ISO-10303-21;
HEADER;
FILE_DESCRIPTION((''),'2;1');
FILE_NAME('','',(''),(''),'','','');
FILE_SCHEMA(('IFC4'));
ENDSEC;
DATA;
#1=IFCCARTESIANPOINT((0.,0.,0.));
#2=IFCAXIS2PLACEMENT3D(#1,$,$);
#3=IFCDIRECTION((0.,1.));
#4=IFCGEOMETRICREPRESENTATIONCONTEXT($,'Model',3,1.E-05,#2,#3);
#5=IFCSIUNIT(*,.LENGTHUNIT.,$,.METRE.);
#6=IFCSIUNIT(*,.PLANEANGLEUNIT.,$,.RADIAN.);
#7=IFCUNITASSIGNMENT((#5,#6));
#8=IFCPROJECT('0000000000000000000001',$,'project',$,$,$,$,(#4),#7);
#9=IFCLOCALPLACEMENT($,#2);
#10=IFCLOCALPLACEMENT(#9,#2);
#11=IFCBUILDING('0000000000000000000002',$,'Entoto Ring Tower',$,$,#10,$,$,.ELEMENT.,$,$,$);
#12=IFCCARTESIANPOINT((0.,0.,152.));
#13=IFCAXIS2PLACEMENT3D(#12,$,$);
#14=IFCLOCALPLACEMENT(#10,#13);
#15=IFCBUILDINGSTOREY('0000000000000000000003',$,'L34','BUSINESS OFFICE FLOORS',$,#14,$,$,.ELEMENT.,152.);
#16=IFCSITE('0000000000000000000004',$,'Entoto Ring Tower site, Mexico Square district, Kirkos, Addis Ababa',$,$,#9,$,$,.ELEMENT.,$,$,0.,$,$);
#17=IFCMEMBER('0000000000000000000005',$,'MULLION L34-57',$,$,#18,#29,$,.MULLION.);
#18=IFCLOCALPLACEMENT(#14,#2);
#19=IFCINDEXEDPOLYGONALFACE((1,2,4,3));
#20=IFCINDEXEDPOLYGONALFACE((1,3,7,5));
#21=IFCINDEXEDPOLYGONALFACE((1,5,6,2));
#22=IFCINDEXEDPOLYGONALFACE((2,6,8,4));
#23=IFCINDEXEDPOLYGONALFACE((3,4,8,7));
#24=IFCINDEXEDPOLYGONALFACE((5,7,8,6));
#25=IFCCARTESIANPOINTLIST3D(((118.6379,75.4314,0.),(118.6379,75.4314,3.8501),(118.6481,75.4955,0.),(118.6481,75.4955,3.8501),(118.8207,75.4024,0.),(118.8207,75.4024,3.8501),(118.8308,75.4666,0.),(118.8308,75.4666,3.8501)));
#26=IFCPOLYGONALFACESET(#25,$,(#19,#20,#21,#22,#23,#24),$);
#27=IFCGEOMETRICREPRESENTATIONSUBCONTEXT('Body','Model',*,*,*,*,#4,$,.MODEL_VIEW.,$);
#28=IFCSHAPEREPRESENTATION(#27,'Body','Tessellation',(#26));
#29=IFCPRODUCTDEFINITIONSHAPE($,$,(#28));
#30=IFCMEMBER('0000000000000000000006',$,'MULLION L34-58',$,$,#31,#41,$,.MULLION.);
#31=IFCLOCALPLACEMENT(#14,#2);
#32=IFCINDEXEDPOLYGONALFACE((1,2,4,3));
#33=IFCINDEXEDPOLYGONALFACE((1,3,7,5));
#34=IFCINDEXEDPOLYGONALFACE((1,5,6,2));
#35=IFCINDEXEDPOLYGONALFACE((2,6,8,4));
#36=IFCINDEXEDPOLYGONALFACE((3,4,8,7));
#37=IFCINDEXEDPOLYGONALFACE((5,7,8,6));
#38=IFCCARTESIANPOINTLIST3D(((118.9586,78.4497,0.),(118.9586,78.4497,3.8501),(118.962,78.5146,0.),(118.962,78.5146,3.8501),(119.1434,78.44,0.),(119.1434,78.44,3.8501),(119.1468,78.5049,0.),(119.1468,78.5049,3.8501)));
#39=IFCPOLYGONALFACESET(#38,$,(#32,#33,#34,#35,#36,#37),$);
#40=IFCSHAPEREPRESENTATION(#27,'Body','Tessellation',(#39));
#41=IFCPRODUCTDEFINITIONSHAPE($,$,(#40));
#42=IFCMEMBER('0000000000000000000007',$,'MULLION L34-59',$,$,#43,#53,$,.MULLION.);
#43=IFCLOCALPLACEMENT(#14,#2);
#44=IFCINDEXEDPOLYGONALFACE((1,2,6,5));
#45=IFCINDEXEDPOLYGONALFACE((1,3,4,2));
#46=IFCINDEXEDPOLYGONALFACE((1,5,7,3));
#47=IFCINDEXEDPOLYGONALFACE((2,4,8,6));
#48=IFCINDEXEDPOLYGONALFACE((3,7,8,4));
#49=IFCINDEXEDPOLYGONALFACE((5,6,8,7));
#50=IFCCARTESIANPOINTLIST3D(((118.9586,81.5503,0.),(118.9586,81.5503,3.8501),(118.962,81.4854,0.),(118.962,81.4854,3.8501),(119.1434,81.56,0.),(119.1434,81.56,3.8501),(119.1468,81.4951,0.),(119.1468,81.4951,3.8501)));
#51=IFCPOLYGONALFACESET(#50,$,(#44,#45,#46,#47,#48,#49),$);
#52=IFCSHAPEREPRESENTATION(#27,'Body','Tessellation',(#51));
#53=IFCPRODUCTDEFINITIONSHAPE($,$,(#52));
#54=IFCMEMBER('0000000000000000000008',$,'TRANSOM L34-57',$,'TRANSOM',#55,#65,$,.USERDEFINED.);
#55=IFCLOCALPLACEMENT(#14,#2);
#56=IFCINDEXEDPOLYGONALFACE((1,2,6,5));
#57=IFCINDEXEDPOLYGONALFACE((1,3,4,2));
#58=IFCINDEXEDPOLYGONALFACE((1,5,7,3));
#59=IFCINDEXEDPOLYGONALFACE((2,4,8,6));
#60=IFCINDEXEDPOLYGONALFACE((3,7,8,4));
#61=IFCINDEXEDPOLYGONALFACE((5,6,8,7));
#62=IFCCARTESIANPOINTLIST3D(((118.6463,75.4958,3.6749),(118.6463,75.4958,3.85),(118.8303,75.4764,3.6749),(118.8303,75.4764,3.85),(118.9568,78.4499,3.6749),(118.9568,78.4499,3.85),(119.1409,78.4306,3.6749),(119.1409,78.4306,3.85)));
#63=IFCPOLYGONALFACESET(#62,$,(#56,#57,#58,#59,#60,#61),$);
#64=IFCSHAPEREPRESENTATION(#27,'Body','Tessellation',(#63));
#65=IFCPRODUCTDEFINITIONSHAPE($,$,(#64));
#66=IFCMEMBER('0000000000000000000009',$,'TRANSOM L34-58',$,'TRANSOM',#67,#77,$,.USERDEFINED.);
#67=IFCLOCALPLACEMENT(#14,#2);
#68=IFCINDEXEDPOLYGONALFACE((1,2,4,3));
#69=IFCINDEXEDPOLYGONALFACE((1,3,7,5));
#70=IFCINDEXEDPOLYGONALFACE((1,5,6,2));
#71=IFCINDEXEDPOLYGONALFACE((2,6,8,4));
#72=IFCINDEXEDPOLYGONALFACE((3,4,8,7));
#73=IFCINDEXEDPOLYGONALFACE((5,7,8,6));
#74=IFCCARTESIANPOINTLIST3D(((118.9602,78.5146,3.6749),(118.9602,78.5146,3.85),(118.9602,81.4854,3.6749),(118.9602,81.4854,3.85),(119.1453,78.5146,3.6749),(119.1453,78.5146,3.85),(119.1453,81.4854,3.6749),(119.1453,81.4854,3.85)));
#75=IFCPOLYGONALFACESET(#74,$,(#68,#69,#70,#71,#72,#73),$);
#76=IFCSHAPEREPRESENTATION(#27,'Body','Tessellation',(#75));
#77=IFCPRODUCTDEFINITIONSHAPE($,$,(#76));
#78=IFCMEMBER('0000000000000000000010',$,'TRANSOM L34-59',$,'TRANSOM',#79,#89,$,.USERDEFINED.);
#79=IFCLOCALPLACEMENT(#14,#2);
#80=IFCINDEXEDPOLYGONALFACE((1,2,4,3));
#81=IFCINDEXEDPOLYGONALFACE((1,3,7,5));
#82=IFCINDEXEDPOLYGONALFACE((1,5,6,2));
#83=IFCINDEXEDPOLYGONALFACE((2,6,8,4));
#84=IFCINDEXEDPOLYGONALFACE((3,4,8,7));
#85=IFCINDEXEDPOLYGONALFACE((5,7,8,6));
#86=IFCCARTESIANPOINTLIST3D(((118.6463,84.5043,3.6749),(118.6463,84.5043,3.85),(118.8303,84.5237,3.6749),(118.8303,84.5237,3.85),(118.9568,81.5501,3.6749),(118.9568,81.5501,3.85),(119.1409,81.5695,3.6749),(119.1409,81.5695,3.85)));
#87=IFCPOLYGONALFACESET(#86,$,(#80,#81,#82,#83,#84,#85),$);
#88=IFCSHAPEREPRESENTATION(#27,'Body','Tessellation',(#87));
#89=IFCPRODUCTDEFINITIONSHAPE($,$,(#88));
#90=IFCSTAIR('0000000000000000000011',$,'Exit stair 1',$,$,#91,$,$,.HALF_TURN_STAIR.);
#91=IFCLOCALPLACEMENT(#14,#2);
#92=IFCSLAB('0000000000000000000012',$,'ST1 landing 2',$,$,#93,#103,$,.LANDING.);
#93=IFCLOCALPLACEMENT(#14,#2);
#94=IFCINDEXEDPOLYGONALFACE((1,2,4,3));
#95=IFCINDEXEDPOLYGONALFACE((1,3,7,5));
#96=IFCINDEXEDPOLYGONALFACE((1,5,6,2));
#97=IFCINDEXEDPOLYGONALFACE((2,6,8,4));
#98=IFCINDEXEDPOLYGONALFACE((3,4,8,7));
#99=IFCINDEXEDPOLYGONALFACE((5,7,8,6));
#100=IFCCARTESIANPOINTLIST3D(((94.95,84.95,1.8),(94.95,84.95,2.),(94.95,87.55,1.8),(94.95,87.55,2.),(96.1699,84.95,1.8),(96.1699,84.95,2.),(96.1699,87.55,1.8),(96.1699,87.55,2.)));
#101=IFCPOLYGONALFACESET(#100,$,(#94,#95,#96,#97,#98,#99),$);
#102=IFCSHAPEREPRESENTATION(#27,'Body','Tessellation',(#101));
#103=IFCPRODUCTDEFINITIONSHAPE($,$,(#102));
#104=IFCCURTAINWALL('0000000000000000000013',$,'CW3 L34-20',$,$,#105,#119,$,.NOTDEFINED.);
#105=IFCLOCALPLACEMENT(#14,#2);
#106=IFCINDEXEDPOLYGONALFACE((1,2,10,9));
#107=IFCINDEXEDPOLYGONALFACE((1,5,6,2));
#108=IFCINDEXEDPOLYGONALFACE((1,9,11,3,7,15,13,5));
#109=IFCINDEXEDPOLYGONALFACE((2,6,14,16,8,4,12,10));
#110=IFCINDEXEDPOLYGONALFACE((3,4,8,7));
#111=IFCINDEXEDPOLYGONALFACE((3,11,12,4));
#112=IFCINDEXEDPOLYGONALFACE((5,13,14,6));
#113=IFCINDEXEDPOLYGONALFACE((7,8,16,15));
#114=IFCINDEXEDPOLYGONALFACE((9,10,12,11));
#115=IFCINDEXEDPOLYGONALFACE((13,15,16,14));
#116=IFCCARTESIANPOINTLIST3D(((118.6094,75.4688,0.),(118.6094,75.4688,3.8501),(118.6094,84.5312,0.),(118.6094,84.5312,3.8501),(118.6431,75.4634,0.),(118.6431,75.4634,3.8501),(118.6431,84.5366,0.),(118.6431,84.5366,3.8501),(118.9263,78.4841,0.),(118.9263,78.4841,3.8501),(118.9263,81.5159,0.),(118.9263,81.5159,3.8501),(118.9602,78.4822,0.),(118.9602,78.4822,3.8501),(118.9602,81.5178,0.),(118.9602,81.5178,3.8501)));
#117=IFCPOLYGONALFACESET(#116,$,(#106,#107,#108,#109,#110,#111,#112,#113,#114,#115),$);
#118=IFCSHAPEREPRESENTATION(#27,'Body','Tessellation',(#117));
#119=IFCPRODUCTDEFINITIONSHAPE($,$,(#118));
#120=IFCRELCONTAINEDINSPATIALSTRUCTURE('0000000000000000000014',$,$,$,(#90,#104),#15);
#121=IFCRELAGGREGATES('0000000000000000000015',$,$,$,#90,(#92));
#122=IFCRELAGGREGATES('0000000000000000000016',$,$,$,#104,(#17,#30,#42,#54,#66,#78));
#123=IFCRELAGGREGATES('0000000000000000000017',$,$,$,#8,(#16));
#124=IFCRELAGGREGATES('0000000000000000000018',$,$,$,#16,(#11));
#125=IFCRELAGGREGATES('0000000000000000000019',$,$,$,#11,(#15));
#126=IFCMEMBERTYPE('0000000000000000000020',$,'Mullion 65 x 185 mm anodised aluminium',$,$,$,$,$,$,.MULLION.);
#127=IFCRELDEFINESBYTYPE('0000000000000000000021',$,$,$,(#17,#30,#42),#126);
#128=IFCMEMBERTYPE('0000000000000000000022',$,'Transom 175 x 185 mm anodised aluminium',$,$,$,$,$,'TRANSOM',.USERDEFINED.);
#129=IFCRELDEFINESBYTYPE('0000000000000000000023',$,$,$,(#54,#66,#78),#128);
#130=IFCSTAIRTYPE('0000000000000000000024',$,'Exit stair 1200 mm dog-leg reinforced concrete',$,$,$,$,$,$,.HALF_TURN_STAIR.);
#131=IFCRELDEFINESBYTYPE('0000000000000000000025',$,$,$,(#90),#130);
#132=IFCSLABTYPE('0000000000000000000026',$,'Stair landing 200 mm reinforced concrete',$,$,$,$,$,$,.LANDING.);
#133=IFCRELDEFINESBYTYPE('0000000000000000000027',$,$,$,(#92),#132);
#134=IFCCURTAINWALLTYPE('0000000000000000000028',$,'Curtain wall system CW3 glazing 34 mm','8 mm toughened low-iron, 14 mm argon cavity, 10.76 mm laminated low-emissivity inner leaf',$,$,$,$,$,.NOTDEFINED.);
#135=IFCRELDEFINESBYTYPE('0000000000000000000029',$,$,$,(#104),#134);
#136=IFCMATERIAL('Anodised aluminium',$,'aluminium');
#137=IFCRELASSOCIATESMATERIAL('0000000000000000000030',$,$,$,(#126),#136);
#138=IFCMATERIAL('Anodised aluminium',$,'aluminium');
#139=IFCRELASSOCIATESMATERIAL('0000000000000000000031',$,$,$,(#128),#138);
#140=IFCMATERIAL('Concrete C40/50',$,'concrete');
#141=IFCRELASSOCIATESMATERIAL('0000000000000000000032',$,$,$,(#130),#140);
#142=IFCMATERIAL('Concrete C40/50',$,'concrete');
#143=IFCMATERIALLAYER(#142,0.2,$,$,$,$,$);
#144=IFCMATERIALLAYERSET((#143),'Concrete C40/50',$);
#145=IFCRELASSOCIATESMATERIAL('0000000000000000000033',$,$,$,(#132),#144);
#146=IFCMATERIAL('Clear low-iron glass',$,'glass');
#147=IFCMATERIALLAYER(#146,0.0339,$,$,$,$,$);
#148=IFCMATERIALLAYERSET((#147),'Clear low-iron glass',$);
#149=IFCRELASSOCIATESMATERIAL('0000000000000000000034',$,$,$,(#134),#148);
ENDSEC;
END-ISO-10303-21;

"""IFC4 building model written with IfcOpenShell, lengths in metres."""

from ifc_helpers import new_model, si_unit, direction, frame, origin, origin_2d, place, context, subcontext, project, spatial, polyline, rectangle, outline, extrude, material, layer, layer_set, material_profile, profile_set, type_object, element, aggregate, save


model = new_model("IFC4")

# Units and contexts
model_context = context("Model", 3, precision=1e-05, world=origin(), true_north=direction((0.0, 1.0)))
body_context = subcontext(model_context, "Body", "Model", "MODEL_VIEW")
ifc_project = project(units=[si_unit("LENGTHUNIT", "METRE"), si_unit("PLANEANGLEUNIT", "RADIAN")], contexts=[model_context])

# Members
ifc_material_1 = material(Name="Anodised aluminium", Category="aluminium")
ifc_material_profile_1 = material_profile(ifc_material_1, rectangle(XDim=0.0649, YDim=0.1851, at=origin_2d()), Name="Mullion 65 x 185 mm anodised aluminium")
ifc_profile_set_1 = profile_set([ifc_material_profile_1], Name="Anodised aluminium")
member_type_1 = type_object("IfcMemberType", Name="Mullion 65 x 185 mm anodised aluminium", PredefinedType="MULLION", material=ifc_profile_set_1)
site_placement = place(None, origin())
building_placement = place(site_placement, origin())
storey_placement = place(building_placement, frame((0.0, 0.0, 152.0)))
member_1_placement = place(storey_placement, frame((118.7344, 75.449, 0.0), z_axis=(0.0, 0.0, 1.0), x_axis=(0.156434, 0.987688, 0.0)))
member_1 = element("IfcMember", 1, at=member_1_placement, type_object=member_type_1, Name="MULLION L34-57", PredefinedType="MULLION", context=body_context, shape_type="SweptSolid", body=[
    extrude(rectangle(XDim=0.0649, YDim=0.1851, at=origin_2d()), origin(), (0.0, 0.0, 1.0), 3.8501),
])
member_2_placement = place(storey_placement, frame((119.0527, 78.4773, 0.0), z_axis=(0.0, 0.0, 1.0), x_axis=(0.052336, 0.99863, 0.0)))
member_2 = element("IfcMember", 2, at=member_2_placement, type_object=member_type_1, Name="MULLION L34-58", PredefinedType="MULLION", context=body_context, shape_type="SweptSolid", body=[
    extrude(rectangle(XDim=0.0649, YDim=0.1851, at=origin_2d()), origin(), (0.0, 0.0, 1.0), 3.8501),
])
member_3_placement = place(storey_placement, frame((119.0527, 81.5227, 0.0), z_axis=(0.0, 0.0, 1.0), x_axis=(-0.052336, 0.99863, 0.0)))
member_3 = element("IfcMember", 3, at=member_3_placement, type_object=member_type_1, Name="MULLION L34-59", PredefinedType="MULLION", context=body_context, shape_type="SweptSolid", body=[
    extrude(rectangle(XDim=0.0649, YDim=0.1851, at=origin_2d()), origin(), (0.0, 0.0, 1.0), 3.8501),
])
ifc_material_2 = material(Name="Anodised aluminium", Category="aluminium")
ifc_material_profile_2 = material_profile(ifc_material_2, rectangle(XDim=0.1851, YDim=0.175, at=origin_2d()), Name="Transom 175 x 185 mm anodised aluminium")
ifc_profile_set_2 = profile_set([ifc_material_profile_2], Name="Anodised aluminium")
member_type_2 = type_object("IfcMemberType", Name="Transom 175 x 185 mm anodised aluminium", ElementType="TRANSOM", PredefinedType="USERDEFINED", material=ifc_profile_set_2)
member_4_placement = place(storey_placement, frame((118.7383, 75.4861, 3.7625), z_axis=(0.104548, 0.99452, 0.0), x_axis=(-0.99452, 0.104548, 0.0)))
member_4 = element("IfcMember", 4, at=member_4_placement, type_object=member_type_2, Name="TRANSOM L34-57", ObjectType="TRANSOM", PredefinedType="USERDEFINED", context=body_context, shape_type="SweptSolid", body=[
    extrude(rectangle(XDim=0.1851, YDim=0.175, at=origin_2d()), origin(), (0.0, 0.0, 1.0), 2.9705),
])
member_5_placement = place(storey_placement, frame((119.0527, 78.5146, 3.7625), z_axis=(0.0, 1.0, 0.0), x_axis=(-1.0, 0.0, 0.0)))
member_5 = element("IfcMember", 5, at=member_5_placement, type_object=member_type_2, Name="TRANSOM L34-58", ObjectType="TRANSOM", PredefinedType="USERDEFINED", context=body_context, shape_type="SweptSolid", body=[
    extrude(rectangle(XDim=0.1851, YDim=0.175, at=origin_2d()), origin(), (0.0, 0.0, 1.0), 2.9707),
])
member_6_placement = place(storey_placement, frame((119.0488, 81.5598, 3.7625), z_axis=(-0.104548, 0.99452, 0.0), x_axis=(-0.99452, -0.104548, 0.0)))
member_6 = element("IfcMember", 6, at=member_6_placement, type_object=member_type_2, Name="TRANSOM L34-59", ObjectType="TRANSOM", PredefinedType="USERDEFINED", context=body_context, shape_type="SweptSolid", body=[
    extrude(rectangle(XDim=0.1851, YDim=0.175, at=origin_2d()), origin(), (0.0, 0.0, 1.0), 2.9705),
])

# Site, building, storey
site = spatial("IfcSite", under=ifc_project, at=site_placement, Name="Entoto Ring Tower site, Mexico Square district, Kirkos, Addis Ababa", CompositionType="ELEMENT", RefElevation=0.0)
building = spatial("IfcBuilding", under=site, at=building_placement, Name="Entoto Ring Tower", CompositionType="ELEMENT")
storey = spatial("IfcBuildingStorey", under=building, at=storey_placement, Name="L34", Description="BUSINESS OFFICE FLOORS", CompositionType="ELEMENT", Elevation=152.0)

# Stair, slab
ifc_material_3 = material(Name="Concrete C40/50", Category="concrete")
stair_type = type_object("IfcStairType", Name="Exit stair 1200 mm dog-leg reinforced concrete", PredefinedType="HALF_TURN_STAIR", material=ifc_material_3)
stair_placement = place(storey_placement, origin())
stair = element("IfcStair", 7, at=stair_placement, inside=storey, type_object=stair_type, Name="Exit stair 1", PredefinedType="HALF_TURN_STAIR")
ifc_material_4 = material(Name="Concrete C40/50", Category="concrete")
ifc_layer_1 = layer(ifc_material_4, 0.2)
ifc_layer_set_1 = layer_set([ifc_layer_1], Name="Concrete C40/50")
slab_type = type_object("IfcSlabType", Name="Stair landing 200 mm reinforced concrete", PredefinedType="LANDING", material=ifc_layer_set_1)
slab_placement = place(storey_placement, frame((0.0, 0.0, 1.8)))
slab = element("IfcSlab", 8, at=slab_placement, type_object=slab_type, Name="ST1 landing 2", PredefinedType="LANDING", context=body_context, shape_type="SweptSolid", body=[
    extrude(outline(polyline([(94.95, 84.95), (96.1699, 84.95), (96.1699, 87.55), (94.95, 87.55), (94.95, 84.95)])), origin(), (0.0, 0.0, 1.0), 0.2),
])
aggregate(stair, [slab])

# Curtain wall
ifc_material_5 = material(Name="Clear low-iron glass", Category="glass")
ifc_layer_2 = layer(ifc_material_5, 0.0339)
ifc_layer_set_2 = layer_set([ifc_layer_2], Name="Clear low-iron glass")
curtain_wall_type = type_object("IfcCurtainWallType", Name="Curtain wall system CW3 glazing 34 mm", Description="8 mm toughened low-iron, 14 mm argon cavity, 10.76 mm laminated low-emissivity inner leaf", PredefinedType="NOTDEFINED", material=ifc_layer_set_2)
curtain_wall_1_placement = place(storey_placement, origin())
curtain_wall_1 = element("IfcCurtainWall", 9, at=curtain_wall_1_placement, inside=storey, type_object=curtain_wall_type, Name="CW3 L34-20", PredefinedType="NOTDEFINED", context=body_context, shape_type="SweptSolid", body=[
    extrude(outline(polyline([(118.6431, 75.4634), (118.9602, 78.4822), (118.9602, 81.5178), (118.6431, 84.5366), (118.6094, 84.5312), (118.9263, 81.5159), (118.9263, 78.4841), (118.6094, 75.4688), (118.6431, 75.4634)])), origin(), (0.0, 0.0, 1.0), 3.8501),
])
aggregate(curtain_wall_1, [member_1, member_2, member_3, member_4, member_5, member_6])

save(model, "model.ifc")
